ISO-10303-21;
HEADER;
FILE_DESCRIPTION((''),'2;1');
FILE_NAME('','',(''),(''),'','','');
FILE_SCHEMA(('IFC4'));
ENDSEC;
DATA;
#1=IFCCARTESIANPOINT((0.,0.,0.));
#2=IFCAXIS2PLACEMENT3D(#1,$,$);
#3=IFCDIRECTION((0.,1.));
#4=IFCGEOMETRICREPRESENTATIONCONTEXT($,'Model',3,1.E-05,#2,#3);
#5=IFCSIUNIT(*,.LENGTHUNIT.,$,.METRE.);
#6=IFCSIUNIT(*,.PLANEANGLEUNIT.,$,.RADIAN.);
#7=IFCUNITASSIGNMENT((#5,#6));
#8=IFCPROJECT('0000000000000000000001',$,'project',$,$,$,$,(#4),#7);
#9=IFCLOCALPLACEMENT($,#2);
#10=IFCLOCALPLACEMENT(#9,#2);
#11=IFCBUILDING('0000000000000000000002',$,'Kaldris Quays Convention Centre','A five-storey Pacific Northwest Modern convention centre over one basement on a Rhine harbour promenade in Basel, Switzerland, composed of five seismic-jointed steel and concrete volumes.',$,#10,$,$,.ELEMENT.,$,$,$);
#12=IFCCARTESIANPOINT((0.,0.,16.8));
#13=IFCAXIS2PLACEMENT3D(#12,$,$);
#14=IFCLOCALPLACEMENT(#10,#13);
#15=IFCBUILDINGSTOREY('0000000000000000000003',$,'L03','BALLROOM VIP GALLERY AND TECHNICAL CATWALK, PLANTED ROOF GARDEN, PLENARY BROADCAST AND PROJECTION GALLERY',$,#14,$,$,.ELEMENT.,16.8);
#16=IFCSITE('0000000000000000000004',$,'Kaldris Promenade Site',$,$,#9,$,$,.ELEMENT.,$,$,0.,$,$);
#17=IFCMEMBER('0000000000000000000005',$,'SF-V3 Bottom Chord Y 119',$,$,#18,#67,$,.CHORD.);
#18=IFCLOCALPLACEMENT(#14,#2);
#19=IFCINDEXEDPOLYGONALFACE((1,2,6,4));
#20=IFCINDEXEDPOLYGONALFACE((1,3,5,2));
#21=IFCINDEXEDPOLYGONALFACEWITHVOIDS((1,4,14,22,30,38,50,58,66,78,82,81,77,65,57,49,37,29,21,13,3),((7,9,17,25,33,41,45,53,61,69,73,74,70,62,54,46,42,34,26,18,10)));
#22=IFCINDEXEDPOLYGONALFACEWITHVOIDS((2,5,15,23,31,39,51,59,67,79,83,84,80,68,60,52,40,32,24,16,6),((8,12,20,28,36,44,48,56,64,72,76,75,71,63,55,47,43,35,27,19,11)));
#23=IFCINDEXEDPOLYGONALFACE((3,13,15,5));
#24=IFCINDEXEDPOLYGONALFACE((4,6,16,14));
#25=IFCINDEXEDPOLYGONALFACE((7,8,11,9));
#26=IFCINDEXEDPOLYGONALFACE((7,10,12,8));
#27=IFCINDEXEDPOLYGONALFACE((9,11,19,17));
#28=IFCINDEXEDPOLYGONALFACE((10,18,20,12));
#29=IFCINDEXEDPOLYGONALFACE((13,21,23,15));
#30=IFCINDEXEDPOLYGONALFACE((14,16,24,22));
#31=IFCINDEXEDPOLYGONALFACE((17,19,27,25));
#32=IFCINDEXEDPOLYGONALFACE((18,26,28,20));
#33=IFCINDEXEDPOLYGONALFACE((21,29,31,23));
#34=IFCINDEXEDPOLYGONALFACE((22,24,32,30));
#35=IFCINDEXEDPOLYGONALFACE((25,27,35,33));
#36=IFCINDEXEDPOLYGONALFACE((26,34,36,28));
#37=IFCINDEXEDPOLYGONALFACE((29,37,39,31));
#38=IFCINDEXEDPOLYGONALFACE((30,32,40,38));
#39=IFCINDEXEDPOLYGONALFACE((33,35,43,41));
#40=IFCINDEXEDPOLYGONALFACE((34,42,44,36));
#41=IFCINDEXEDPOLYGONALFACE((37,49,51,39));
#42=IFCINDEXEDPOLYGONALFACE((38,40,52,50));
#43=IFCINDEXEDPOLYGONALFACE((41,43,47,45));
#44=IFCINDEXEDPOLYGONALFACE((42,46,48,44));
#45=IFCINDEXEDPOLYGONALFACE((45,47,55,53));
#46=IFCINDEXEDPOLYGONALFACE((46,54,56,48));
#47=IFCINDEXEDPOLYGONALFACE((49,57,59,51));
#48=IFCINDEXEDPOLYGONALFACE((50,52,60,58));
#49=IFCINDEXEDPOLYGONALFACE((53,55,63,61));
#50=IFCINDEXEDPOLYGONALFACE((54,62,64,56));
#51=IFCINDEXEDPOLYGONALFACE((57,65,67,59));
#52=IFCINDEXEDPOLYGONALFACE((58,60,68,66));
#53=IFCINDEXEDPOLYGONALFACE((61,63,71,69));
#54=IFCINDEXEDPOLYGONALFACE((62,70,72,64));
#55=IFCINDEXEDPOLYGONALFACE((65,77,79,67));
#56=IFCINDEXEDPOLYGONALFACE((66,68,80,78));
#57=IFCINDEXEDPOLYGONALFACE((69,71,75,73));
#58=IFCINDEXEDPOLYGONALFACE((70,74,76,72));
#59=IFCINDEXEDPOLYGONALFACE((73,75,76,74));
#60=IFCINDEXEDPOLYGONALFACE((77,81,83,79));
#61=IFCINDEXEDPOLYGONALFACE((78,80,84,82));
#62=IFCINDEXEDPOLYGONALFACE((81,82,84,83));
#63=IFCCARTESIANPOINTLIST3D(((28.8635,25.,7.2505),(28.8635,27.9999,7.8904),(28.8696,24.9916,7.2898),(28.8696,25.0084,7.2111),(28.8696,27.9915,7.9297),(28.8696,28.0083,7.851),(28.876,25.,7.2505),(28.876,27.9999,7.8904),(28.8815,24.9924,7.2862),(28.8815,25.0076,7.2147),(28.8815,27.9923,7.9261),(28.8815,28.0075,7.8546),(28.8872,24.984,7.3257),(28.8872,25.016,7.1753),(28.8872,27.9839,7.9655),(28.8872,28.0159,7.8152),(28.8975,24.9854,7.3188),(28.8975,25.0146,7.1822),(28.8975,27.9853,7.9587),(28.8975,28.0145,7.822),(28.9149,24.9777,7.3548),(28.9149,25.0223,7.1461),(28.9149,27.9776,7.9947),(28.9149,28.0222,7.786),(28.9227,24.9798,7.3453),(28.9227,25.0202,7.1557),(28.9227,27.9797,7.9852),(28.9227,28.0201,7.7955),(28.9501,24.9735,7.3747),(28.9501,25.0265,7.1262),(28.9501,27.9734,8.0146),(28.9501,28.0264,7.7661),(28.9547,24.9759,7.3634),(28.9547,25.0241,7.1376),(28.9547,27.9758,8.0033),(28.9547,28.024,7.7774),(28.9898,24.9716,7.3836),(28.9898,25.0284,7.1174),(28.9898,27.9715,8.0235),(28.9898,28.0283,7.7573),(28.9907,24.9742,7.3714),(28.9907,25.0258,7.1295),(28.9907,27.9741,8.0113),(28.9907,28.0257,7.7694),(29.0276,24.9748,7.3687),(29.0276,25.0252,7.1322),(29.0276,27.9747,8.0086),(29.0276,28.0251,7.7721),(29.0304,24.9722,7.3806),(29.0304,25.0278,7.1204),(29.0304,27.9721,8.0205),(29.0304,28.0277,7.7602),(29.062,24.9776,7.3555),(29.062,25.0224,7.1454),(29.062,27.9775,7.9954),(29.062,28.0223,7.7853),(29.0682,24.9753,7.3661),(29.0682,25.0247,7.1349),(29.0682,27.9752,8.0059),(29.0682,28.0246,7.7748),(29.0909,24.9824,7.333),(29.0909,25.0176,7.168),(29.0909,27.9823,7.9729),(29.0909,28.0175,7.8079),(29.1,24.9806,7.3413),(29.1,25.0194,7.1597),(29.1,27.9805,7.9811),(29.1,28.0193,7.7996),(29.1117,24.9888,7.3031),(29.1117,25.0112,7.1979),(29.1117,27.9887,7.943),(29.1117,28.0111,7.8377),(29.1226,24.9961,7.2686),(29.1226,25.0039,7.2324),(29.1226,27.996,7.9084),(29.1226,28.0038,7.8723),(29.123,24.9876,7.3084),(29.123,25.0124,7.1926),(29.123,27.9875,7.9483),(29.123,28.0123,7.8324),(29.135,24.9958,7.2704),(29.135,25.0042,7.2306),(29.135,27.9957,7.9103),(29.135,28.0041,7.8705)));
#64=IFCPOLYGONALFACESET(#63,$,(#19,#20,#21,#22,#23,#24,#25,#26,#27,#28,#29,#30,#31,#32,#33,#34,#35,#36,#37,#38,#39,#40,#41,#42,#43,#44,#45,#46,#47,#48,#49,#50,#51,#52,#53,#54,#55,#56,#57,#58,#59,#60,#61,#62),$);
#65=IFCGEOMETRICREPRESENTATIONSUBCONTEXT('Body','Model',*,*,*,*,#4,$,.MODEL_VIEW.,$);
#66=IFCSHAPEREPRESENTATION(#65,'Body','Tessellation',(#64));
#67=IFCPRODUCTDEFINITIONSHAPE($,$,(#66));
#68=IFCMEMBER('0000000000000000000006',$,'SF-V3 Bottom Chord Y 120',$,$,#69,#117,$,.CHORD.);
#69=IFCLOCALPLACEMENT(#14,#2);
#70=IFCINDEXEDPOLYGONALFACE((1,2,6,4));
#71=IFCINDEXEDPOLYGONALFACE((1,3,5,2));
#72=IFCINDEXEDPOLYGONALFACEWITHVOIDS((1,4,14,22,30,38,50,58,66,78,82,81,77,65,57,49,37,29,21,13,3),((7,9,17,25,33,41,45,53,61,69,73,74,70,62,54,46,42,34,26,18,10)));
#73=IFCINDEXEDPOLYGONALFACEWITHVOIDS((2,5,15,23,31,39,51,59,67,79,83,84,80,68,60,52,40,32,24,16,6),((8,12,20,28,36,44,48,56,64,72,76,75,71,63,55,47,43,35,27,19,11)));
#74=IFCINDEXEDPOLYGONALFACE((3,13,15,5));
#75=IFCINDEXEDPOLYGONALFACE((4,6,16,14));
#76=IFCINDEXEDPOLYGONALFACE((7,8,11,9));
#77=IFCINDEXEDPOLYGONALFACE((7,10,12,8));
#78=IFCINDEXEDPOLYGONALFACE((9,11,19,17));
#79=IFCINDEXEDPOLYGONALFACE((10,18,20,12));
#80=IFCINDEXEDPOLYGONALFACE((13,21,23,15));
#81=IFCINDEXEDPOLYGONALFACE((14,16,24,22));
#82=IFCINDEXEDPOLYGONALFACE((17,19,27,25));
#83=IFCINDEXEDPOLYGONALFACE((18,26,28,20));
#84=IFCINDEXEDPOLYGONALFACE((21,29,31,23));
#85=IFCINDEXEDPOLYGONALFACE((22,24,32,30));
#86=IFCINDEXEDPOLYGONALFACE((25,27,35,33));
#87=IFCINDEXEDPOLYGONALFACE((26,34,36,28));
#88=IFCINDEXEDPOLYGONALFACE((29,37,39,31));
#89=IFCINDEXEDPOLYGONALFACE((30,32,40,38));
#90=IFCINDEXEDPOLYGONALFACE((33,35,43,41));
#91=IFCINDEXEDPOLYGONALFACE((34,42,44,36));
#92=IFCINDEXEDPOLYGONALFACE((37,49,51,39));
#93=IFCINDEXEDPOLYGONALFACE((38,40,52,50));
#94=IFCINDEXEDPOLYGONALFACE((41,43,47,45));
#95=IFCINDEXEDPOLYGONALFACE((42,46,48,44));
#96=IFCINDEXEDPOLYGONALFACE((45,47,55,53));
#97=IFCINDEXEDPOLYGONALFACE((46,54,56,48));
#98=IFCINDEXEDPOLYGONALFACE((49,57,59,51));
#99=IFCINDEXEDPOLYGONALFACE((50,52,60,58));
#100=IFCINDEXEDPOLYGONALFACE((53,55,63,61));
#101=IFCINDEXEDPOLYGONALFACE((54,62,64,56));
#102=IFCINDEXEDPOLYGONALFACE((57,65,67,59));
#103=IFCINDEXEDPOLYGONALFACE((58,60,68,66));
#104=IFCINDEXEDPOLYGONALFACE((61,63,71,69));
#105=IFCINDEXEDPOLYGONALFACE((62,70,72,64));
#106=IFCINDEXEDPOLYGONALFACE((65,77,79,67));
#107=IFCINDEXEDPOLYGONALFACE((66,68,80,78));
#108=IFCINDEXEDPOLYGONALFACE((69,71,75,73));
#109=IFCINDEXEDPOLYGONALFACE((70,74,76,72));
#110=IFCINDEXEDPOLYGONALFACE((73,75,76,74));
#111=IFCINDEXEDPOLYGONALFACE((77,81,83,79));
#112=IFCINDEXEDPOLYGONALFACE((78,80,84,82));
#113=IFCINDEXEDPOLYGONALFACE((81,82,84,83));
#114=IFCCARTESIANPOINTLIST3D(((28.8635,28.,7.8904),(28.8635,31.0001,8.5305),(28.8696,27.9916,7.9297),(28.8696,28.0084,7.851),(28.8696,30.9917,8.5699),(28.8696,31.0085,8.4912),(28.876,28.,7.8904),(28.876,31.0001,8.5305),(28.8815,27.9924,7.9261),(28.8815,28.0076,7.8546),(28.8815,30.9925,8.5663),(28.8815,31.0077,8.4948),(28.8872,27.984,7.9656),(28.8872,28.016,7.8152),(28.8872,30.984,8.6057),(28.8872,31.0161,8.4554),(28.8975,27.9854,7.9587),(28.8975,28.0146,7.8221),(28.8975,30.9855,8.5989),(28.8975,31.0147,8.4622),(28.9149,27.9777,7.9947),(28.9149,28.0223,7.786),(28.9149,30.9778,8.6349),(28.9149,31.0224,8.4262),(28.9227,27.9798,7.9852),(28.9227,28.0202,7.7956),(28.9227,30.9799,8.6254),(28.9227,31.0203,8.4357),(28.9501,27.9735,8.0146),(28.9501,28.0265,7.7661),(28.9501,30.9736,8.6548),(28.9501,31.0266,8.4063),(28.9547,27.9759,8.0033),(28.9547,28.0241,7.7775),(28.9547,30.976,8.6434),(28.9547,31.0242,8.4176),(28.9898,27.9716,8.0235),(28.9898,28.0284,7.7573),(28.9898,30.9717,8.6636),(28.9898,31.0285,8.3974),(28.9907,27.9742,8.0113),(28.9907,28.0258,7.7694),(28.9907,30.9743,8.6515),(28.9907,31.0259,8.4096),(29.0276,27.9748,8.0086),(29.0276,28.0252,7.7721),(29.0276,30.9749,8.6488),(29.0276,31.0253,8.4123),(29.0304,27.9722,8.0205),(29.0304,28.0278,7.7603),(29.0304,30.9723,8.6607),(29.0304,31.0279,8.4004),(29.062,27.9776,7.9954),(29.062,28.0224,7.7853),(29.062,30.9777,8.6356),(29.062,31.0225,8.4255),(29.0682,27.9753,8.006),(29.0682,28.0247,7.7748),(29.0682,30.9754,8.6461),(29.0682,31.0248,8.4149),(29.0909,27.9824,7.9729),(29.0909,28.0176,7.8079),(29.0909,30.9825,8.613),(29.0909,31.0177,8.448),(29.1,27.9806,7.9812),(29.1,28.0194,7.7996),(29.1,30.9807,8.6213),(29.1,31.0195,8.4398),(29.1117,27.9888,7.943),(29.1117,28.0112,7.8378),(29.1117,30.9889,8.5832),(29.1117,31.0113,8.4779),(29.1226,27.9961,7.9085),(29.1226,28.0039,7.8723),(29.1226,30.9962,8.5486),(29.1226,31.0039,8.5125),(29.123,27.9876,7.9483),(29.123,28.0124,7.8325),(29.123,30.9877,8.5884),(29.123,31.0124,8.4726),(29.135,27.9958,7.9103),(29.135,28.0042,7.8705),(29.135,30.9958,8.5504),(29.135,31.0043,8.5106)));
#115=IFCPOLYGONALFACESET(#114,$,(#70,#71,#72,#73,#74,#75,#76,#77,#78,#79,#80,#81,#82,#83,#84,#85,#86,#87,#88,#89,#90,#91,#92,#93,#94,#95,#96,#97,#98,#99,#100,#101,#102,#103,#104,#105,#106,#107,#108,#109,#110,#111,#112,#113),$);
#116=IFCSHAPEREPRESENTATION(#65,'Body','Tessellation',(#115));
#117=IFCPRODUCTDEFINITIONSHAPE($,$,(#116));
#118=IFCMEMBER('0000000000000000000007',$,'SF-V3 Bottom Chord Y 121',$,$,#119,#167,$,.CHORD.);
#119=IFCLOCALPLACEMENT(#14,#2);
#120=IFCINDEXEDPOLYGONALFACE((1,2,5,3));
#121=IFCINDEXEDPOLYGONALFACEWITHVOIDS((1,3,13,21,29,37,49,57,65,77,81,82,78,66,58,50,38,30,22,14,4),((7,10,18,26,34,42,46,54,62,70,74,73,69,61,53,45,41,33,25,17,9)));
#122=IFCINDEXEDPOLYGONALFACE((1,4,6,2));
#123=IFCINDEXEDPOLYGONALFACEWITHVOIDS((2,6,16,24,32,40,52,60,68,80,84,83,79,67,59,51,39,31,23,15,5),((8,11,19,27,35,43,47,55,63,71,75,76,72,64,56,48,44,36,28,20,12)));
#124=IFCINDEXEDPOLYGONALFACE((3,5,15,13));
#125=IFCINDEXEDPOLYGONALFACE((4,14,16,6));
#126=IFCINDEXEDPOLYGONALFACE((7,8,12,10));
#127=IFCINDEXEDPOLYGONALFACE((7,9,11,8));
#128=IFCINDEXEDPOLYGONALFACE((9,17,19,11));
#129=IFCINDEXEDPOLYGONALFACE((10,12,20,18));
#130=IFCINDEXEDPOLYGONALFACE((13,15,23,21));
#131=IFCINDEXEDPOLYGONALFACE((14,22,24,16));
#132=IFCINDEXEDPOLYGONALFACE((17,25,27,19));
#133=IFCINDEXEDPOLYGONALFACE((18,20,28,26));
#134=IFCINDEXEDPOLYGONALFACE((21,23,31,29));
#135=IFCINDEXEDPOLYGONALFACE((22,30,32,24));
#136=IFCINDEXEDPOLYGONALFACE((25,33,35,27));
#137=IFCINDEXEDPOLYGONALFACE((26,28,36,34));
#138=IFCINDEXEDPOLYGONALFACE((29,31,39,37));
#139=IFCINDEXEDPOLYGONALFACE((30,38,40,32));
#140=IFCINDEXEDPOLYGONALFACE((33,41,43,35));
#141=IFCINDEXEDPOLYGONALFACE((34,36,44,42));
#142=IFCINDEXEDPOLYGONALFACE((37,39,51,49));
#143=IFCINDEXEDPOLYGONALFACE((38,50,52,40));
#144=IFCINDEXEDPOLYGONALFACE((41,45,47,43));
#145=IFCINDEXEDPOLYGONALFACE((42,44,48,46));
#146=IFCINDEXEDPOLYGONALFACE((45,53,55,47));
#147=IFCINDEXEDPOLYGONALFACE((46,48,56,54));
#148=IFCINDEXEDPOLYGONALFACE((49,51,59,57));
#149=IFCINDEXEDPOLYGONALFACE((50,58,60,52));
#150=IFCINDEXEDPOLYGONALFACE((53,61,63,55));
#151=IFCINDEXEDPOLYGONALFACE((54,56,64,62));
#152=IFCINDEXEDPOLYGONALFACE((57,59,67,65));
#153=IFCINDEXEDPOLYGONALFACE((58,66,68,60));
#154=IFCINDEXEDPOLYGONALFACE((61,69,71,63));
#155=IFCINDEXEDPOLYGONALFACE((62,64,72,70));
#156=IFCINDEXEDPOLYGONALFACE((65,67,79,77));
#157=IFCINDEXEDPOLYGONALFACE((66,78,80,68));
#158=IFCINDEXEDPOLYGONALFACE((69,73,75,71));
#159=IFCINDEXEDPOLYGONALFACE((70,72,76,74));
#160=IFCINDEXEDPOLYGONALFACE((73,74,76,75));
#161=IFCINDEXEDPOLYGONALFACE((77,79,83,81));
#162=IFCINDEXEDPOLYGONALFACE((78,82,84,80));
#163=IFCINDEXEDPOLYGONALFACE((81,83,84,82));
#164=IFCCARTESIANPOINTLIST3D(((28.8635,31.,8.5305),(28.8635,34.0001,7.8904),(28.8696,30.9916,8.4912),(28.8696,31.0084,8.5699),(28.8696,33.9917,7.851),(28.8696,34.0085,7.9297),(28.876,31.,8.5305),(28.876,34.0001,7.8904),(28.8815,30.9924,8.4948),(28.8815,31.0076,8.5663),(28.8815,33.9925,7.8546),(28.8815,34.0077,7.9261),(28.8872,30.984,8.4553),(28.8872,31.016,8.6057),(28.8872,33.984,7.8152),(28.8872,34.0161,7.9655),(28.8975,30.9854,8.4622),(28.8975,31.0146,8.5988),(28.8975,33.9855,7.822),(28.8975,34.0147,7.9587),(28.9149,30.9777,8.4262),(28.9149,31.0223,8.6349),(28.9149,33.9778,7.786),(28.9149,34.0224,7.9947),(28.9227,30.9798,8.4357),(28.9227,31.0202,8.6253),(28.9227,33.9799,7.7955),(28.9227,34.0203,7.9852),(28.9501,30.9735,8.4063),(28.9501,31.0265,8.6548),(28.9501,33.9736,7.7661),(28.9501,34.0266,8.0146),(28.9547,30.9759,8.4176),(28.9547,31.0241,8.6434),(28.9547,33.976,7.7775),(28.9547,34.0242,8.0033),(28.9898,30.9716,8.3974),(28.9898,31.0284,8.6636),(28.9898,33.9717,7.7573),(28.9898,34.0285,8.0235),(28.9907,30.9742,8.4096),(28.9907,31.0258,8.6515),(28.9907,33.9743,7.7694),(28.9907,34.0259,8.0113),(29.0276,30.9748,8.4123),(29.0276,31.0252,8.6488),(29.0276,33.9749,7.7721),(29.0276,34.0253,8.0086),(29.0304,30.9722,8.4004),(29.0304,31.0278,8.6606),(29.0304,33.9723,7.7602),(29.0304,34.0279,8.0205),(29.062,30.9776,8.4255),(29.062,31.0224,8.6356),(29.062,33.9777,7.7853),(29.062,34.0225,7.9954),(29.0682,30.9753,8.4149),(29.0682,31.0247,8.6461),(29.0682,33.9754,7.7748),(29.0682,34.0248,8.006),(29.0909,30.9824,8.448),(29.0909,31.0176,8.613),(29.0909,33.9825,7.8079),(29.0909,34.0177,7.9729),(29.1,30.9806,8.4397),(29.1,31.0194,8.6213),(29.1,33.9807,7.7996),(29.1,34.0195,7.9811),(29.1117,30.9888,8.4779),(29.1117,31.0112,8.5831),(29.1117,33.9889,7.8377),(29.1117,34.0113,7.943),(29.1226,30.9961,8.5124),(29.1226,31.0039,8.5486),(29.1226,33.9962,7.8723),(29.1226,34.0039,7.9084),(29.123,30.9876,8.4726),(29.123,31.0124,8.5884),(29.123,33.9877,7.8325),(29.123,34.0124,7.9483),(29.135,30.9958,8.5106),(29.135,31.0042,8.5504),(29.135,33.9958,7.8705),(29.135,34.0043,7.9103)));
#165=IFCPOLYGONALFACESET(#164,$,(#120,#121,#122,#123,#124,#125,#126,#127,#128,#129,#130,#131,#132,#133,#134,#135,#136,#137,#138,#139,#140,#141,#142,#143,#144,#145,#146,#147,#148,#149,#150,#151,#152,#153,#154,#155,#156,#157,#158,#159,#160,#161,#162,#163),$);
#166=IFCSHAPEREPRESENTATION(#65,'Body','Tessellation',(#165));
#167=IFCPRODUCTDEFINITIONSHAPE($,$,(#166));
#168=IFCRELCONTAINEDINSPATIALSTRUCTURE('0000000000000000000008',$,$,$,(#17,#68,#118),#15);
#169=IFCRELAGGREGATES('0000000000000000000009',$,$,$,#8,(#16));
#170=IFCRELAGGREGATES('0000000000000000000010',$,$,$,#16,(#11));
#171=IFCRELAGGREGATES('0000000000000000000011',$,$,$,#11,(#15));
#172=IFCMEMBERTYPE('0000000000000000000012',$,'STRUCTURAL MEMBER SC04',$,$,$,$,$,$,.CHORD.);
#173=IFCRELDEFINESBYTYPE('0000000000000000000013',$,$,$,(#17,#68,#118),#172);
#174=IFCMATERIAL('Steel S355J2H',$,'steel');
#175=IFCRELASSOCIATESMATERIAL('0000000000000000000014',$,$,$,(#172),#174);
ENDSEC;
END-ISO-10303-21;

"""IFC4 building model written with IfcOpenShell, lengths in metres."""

from ifc_helpers import new_model, si_unit, direction, frame, origin, origin_2d, place, context, subcontext, project, spatial, hollow_circle, extrude, material, material_profile, profile_set, type_object, element, save


model = new_model("IFC4")

# Units and contexts
model_context = context("Model", 3, precision=1e-05, world=origin(), true_north=direction((0.0, 1.0)))
body_context = subcontext(model_context, "Body", "Model", "MODEL_VIEW")
ifc_project = project(units=[si_unit("LENGTHUNIT", "METRE"), si_unit("PLANEANGLEUNIT", "RADIAN")], contexts=[model_context])

# Site, building, storey
site_placement = place(None, origin())
site = spatial("IfcSite", under=ifc_project, at=site_placement, Name="Kaldris Promenade Site", CompositionType="ELEMENT", RefElevation=0.0)
building_placement = place(site_placement, origin())
building = spatial("IfcBuilding", under=site, at=building_placement, Name="Kaldris Quays Convention Centre", Description="A five-storey Pacific Northwest Modern convention centre over one basement on a Rhine harbour promenade in Basel, Switzerland, composed of five seismic-jointed steel and concrete volumes.", CompositionType="ELEMENT")
storey_placement = place(building_placement, frame((0.0, 0.0, 16.8)))
storey = spatial("IfcBuildingStorey", under=building, at=storey_placement, Name="L03", Description="BALLROOM VIP GALLERY AND TECHNICAL CATWALK, PLANTED ROOF GARDEN, PLENARY BROADCAST AND PROJECTION GALLERY", CompositionType="ELEMENT", Elevation=16.8)

# Members
ifc_material_1 = material(Name="Steel S355J2H", Category="steel")
ifc_material_profile_1 = material_profile(ifc_material_1, hollow_circle(Radius=0.1365, WallThickness=0.0125, at=origin_2d()), Name="CHS 273x12.5")
ifc_profile_set_1 = profile_set([ifc_material_profile_1], Name="Steel S355J2H")
member_type_1 = type_object("IfcMemberType", Name="STRUCTURAL MEMBER SC04", PredefinedType="CHORD", material=ifc_profile_set_1)
member_1_placement = place(storey_placement, frame((29.0, 25.0, 7.2505), z_axis=(0.0, 0.978, 0.208605), x_axis=(-1.0, 0.0, 0.0)))
element("IfcMember", 1, at=member_1_placement, inside=storey, type_object=member_type_1, Name="SF-V3 Bottom Chord Y 119", PredefinedType="CHORD", context=body_context, shape_type="SweptSolid", body=[
    extrude(hollow_circle(Radius=0.1365, WallThickness=0.0125, at=origin_2d()), origin(), (0.0, 0.0, 1.0), 3.0674),
])
for number, where, z_axis, x_axis, name in (
    (2, (29.0, 28.0, 7.8904), (0.0, 0.977984, 0.208681), (-1.0, 0.0, 0.0), "SF-V3 Bottom Chord Y 120"),
    (3, (29.0, 31.0, 8.5305), (0.0, 0.977984, -0.208681), (-1.0, 0.0, 0.0), "SF-V3 Bottom Chord Y 121"),
):
    element("IfcMember", number, at=place(storey_placement, frame(where, z_axis=z_axis, x_axis=x_axis)), inside=storey, type_object=member_type_1, Name=name, PredefinedType="CHORD", context=body_context, shape_type="SweptSolid", body=[
        extrude(hollow_circle(Radius=0.1365, WallThickness=0.0125, at=origin_2d()), origin(), (0.0, 0.0, 1.0), 3.0676),
    ])

save(model, "model.ifc")
